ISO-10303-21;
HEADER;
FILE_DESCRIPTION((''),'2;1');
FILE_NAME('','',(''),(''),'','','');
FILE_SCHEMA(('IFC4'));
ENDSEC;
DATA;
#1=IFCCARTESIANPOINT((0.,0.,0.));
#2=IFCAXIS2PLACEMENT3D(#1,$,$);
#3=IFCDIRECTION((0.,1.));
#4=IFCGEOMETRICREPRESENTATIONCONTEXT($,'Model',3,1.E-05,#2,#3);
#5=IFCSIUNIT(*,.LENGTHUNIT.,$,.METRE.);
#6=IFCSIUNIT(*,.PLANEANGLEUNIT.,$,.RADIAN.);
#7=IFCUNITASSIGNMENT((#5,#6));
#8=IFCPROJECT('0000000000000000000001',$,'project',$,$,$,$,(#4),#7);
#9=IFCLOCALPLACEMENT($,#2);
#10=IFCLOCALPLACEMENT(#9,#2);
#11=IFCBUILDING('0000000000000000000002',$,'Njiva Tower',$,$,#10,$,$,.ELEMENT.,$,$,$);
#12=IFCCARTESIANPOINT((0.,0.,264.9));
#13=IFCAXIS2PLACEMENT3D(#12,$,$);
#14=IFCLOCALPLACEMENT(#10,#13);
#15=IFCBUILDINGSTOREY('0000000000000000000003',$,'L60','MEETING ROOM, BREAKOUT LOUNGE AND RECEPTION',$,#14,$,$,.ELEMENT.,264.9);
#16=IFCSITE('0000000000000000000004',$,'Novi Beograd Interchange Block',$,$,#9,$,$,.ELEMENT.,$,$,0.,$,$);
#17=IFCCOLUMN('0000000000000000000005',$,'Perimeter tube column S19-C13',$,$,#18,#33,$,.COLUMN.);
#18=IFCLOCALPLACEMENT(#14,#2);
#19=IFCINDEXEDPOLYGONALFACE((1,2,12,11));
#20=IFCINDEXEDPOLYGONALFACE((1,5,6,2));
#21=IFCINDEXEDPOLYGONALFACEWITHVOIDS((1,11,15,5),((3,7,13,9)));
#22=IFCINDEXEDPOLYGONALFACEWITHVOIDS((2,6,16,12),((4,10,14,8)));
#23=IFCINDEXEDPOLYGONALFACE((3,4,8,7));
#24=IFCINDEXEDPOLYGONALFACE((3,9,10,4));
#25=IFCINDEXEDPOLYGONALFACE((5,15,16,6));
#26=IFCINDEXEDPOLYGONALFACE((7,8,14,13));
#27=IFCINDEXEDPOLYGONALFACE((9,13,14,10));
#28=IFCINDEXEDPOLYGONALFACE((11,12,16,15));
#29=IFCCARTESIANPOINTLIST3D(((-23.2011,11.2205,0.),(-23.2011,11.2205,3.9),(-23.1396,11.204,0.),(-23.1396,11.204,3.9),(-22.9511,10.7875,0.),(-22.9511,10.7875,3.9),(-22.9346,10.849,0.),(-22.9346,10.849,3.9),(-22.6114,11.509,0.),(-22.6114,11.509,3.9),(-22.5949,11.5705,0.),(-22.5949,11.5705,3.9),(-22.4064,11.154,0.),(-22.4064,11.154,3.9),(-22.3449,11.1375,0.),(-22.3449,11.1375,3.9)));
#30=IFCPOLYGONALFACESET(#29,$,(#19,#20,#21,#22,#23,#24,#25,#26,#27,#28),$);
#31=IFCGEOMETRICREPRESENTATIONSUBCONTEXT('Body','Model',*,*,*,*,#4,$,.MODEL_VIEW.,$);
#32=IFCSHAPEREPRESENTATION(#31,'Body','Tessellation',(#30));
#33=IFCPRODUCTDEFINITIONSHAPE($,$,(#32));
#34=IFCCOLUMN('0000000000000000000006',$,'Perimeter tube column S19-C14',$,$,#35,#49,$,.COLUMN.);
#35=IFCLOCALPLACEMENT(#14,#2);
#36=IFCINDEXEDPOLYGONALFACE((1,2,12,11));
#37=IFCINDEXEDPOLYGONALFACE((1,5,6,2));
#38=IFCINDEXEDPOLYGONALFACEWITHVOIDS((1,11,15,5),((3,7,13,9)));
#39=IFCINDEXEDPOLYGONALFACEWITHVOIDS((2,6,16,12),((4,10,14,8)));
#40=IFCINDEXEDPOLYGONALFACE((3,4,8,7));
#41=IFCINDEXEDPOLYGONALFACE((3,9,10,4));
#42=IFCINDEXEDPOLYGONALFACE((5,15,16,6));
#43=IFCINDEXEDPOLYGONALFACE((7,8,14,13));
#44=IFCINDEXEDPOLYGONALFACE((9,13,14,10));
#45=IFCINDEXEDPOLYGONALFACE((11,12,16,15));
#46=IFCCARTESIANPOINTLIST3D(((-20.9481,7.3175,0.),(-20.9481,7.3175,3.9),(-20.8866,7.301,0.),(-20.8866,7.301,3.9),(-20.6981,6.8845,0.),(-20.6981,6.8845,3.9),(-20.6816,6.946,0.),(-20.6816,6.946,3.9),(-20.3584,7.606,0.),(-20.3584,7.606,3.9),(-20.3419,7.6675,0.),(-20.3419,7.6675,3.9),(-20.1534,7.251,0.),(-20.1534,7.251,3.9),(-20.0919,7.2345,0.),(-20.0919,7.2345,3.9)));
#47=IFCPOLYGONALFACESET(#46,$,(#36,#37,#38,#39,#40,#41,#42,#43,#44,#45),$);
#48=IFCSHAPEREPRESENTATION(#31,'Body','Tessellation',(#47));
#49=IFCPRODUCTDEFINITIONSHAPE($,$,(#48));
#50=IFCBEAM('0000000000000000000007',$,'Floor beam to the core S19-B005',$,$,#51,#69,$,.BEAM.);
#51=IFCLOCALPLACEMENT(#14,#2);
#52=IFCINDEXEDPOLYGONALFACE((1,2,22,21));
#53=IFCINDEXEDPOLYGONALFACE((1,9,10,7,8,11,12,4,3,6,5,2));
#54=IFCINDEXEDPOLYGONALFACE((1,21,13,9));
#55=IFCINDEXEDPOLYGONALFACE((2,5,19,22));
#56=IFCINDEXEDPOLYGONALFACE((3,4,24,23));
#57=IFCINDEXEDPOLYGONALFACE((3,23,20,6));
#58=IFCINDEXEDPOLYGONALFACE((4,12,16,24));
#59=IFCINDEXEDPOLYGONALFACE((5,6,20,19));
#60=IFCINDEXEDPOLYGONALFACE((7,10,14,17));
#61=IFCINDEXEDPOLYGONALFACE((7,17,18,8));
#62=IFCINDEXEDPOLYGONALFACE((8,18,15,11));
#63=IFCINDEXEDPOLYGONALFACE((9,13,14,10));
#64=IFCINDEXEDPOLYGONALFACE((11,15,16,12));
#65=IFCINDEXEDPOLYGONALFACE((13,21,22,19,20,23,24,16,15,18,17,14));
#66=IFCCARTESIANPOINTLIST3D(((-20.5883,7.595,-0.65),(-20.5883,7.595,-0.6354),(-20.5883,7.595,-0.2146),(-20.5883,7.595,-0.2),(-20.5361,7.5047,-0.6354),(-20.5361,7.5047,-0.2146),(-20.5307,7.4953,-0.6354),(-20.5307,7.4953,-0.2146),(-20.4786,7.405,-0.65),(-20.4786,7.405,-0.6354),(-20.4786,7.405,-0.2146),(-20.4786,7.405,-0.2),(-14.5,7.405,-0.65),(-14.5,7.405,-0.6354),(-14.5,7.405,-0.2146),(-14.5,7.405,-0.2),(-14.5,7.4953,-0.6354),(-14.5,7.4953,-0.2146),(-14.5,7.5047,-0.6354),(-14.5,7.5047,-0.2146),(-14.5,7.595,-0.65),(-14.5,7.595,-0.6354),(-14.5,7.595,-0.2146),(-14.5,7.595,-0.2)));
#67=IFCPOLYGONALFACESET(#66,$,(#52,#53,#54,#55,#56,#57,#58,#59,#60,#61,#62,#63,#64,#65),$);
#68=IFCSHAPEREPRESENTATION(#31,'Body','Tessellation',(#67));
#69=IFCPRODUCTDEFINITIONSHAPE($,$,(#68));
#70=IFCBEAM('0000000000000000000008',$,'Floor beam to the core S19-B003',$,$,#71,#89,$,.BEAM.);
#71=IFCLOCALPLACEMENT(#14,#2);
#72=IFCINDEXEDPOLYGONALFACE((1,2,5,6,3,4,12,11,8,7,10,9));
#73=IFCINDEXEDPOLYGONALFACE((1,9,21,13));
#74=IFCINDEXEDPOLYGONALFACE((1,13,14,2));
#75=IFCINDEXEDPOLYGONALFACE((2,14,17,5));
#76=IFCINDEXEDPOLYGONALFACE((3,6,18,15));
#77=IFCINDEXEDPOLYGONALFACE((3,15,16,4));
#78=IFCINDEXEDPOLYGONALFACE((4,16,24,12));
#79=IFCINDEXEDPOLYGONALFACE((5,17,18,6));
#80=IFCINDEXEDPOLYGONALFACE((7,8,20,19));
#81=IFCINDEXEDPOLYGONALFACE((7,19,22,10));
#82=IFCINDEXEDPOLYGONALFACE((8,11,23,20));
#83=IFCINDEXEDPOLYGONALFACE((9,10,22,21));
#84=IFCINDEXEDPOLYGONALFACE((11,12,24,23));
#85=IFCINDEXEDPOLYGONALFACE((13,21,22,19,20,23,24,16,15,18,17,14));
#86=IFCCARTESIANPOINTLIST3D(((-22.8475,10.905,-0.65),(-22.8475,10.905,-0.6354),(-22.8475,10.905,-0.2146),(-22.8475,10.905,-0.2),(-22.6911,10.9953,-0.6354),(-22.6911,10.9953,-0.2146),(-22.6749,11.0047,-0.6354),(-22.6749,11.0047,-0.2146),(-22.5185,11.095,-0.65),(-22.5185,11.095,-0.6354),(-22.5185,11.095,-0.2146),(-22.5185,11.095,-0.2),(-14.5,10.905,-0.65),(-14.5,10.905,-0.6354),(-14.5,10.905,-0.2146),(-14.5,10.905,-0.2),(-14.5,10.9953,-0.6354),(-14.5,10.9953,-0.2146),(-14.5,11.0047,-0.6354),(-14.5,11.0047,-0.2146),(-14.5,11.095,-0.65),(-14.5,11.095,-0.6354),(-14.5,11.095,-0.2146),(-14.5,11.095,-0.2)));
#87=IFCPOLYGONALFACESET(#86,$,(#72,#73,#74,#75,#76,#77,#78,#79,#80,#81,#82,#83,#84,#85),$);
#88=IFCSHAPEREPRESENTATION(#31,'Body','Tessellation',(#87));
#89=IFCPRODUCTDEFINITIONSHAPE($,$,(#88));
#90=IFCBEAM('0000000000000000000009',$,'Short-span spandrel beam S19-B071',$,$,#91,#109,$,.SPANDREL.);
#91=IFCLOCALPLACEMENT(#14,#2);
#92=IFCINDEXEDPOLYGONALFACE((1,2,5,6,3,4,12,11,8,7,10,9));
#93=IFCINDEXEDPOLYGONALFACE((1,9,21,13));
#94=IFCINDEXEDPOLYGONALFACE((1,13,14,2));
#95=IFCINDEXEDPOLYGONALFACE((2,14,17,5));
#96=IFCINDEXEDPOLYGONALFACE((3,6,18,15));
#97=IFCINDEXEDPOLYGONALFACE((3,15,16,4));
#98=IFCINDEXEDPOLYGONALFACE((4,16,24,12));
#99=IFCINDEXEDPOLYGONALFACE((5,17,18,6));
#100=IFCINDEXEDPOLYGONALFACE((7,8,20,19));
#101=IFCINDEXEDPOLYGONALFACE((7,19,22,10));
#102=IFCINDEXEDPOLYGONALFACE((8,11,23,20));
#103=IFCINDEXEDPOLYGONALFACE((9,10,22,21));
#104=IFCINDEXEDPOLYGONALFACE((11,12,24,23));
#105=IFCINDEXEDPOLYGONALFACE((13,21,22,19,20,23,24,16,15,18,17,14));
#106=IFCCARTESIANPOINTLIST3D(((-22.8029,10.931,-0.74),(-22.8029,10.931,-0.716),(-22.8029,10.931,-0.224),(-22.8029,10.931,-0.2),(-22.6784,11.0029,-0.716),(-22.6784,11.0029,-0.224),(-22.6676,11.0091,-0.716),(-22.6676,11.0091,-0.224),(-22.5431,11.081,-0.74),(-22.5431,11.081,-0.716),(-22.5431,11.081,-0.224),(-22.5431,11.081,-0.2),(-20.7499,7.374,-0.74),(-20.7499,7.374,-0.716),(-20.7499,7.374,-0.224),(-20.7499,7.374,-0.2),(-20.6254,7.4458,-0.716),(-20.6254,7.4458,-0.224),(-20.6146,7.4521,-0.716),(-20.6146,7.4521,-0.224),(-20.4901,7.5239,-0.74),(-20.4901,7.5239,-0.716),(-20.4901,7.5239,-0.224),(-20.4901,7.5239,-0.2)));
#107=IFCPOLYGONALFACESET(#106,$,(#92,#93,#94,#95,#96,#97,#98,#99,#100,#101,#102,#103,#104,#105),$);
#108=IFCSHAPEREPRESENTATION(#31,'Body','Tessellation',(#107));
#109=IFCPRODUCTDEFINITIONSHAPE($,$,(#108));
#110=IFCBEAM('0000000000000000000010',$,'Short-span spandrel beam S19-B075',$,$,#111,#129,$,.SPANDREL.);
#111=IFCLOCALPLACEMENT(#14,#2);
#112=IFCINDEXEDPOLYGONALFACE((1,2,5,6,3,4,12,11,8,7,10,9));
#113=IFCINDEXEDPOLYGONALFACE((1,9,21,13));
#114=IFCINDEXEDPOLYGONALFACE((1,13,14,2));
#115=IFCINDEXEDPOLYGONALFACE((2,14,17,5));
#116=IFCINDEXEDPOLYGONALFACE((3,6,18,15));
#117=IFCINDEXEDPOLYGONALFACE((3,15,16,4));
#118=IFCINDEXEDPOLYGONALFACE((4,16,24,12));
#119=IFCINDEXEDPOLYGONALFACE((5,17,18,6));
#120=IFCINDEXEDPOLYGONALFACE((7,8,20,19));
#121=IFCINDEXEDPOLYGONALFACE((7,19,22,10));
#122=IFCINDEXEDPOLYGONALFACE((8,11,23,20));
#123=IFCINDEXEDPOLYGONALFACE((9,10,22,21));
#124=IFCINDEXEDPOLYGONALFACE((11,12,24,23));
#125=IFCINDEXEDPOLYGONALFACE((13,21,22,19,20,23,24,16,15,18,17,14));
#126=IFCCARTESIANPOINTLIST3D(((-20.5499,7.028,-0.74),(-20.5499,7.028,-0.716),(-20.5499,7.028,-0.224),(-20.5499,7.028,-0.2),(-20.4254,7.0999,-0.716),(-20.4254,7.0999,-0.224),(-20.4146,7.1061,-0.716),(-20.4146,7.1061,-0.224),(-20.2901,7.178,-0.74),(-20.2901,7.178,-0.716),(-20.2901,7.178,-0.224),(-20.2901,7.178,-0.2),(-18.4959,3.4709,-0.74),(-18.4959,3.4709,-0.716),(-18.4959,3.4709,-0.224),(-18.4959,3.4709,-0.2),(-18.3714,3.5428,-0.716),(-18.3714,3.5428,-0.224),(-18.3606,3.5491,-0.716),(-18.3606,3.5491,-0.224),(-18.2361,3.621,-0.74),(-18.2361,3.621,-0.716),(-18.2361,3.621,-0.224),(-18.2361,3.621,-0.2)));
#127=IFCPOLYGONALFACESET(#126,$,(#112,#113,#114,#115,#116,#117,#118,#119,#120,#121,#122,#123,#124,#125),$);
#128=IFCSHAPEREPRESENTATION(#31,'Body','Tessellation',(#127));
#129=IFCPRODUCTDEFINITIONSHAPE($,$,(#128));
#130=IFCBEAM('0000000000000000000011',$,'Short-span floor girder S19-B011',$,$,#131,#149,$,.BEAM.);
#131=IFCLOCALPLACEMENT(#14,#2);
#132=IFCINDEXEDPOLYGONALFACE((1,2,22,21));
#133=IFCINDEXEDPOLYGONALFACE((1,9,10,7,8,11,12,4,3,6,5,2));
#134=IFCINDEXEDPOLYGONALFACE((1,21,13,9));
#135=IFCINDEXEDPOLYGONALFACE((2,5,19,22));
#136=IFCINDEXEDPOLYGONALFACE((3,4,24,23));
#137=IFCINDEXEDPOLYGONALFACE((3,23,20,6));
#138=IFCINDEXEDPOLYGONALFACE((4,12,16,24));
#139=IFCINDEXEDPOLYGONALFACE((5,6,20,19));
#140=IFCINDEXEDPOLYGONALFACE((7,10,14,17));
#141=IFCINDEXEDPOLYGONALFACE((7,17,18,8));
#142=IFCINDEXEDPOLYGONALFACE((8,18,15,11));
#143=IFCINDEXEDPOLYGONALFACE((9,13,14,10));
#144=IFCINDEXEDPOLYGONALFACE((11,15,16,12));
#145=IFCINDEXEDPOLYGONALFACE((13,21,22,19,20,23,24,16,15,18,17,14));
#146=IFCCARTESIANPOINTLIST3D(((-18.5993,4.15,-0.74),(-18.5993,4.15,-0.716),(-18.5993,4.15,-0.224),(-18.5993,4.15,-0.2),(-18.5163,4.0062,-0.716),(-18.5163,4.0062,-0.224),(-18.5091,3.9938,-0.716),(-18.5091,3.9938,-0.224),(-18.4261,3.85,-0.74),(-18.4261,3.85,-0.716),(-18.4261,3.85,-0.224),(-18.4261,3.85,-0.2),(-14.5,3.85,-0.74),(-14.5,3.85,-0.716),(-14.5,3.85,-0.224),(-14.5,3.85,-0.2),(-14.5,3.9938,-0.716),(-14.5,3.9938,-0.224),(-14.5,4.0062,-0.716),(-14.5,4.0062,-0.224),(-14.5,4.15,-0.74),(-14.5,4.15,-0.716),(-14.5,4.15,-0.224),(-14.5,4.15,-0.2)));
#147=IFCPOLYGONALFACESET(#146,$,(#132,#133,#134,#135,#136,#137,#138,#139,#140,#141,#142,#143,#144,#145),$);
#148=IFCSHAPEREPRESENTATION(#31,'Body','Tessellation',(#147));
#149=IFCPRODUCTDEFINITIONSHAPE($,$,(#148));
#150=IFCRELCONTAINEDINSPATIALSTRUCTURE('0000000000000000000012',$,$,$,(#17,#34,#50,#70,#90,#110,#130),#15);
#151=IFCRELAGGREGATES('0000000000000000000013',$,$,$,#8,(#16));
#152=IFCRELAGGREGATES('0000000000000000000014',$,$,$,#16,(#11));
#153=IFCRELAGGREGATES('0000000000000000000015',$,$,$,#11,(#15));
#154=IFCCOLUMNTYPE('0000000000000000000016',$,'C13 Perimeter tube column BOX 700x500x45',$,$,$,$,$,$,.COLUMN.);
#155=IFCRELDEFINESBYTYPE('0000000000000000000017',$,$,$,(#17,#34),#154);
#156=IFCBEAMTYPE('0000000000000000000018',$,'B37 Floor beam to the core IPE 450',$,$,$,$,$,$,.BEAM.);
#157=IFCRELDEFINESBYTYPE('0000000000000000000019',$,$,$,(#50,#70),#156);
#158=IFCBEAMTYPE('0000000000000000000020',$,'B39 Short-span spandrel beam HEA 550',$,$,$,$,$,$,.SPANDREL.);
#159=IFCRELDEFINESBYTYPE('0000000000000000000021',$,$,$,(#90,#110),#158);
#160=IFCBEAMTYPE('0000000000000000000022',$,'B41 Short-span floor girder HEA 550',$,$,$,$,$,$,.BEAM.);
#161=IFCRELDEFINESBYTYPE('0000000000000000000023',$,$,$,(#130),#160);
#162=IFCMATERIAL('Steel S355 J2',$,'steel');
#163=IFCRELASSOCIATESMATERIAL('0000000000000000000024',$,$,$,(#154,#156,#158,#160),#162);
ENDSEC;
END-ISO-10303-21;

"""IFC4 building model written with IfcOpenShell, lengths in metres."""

from ifc_helpers import new_model, si_unit, direction, frame, origin, origin_2d, place, context, subcontext, project, spatial, hollow_rectangle, i_section, extrude, clip, halfspace, material, material_profile, profile_set, type_object, element, save


model = new_model("IFC4")

# Units and contexts
model_context = context("Model", 3, precision=1e-05, world=origin(), true_north=direction((0.0, 1.0)))
body_context = subcontext(model_context, "Body", "Model", "MODEL_VIEW")
ifc_project = project(units=[si_unit("LENGTHUNIT", "METRE"), si_unit("PLANEANGLEUNIT", "RADIAN")], contexts=[model_context])

# Site, building, storey
site_placement = place(None, origin())
site = spatial("IfcSite", under=ifc_project, at=site_placement, Name="Novi Beograd Interchange Block", CompositionType="ELEMENT", RefElevation=0.0)
building_placement = place(site_placement, origin())
building = spatial("IfcBuilding", under=site, at=building_placement, Name="Njiva Tower", CompositionType="ELEMENT")
storey_placement = place(building_placement, frame((0.0, 0.0, 264.9)))
storey = spatial("IfcBuildingStorey", under=building, at=storey_placement, Name="L60", Description="MEETING ROOM, BREAKOUT LOUNGE AND RECEPTION", CompositionType="ELEMENT", Elevation=264.9)

# Columns
ifc_material_1 = material(Name="Steel S355 J2", Category="steel")
ifc_material_profile_1 = material_profile(ifc_material_1, hollow_rectangle(XDim=0.5, YDim=0.7, WallThickness=0.045, at=origin_2d()), Name="BOX 700x500x45")
ifc_profile_set_1 = profile_set([ifc_material_profile_1], Name="Steel S355 J2")
column_type = type_object("IfcColumnType", Name="C13 Perimeter tube column BOX 700x500x45", PredefinedType="COLUMN", material=ifc_profile_set_1)
for number, where, z_axis, x_axis, name in (
    (1, (-22.773, 11.179, 0.0), (0.0, 0.0, 1.0), (0.5, -0.866025, 0.0), "Perimeter tube column S19-C13"),
    (2, (-20.52, 7.276, 0.0), (0.0, 0.0, 1.0), (0.5, -0.866025, 0.0), "Perimeter tube column S19-C14"),
):
    element("IfcColumn", number, at=place(storey_placement, frame(where, z_axis=z_axis, x_axis=x_axis)), inside=storey, type_object=column_type, Name=name, PredefinedType="COLUMN", context=body_context, shape_type="SweptSolid", body=[
        extrude(hollow_rectangle(XDim=0.5, YDim=0.7, WallThickness=0.045, at=origin_2d()), origin(), (0.0, 0.0, 1.0), 3.9),
    ])

# Beams
ifc_material_profile_2 = material_profile(ifc_material_1, i_section(OverallWidth=0.19, OverallDepth=0.45, WebThickness=0.0094, FlangeThickness=0.0146, at=origin_2d()), Name="IPE 450")
ifc_profile_set_2 = profile_set([ifc_material_profile_2], Name="Steel S355 J2")
beam_type_1 = type_object("IfcBeamType", Name="B37 Floor beam to the core IPE 450", PredefinedType="BEAM", material=ifc_profile_set_2)
beam_1_placement = place(storey_placement, frame((-20.608, 7.5, -0.425), z_axis=(1.0, 0.0, 0.0), x_axis=(0.0, 1.0, 0.0)))
element("IfcBeam", 3, at=beam_1_placement, inside=storey, type_object=beam_type_1, Name="Floor beam to the core S19-B005", PredefinedType="BEAM", context=body_context, shape_type="Clipping", body=[
    clip(extrude(i_section(OverallWidth=0.19, OverallDepth=0.45, WebThickness=0.0094, FlangeThickness=0.0146, at=origin_2d()), origin(), (0.0, 0.0, 1.0), 6.108), halfspace(frame((-0.025, 0.0, 0.089), z_axis=(-0.499998, 0.0, -0.866027), x_axis=(0.0, -1.0, 0.0)), False)),
])
beam_2_placement = place(storey_placement, frame((-22.868, 11.0, -0.425), z_axis=(1.0, 0.0, 0.0), x_axis=(0.0, 1.0, 0.0)))
element("IfcBeam", 4, at=beam_2_placement, inside=storey, type_object=beam_type_1, Name="Floor beam to the core S19-B003", PredefinedType="BEAM", context=body_context, shape_type="Clipping", body=[
    clip(extrude(i_section(OverallWidth=0.19, OverallDepth=0.45, WebThickness=0.0094, FlangeThickness=0.0146, at=origin_2d()), origin(), (0.0, 0.0, 1.0), 8.368), halfspace(frame((0.0433, 0.0, 0.26), z_axis=(0.866027, 0.0, -0.499998), x_axis=(0.0, -1.0, 0.0)), False)),
])
ifc_material_profile_3 = material_profile(ifc_material_1, i_section(OverallWidth=0.3, OverallDepth=0.54, WebThickness=0.0125, FlangeThickness=0.024, at=origin_2d()), Name="HEA 550")
ifc_profile_set_3 = profile_set([ifc_material_profile_3], Name="Steel S355 J2")
beam_type_2 = type_object("IfcBeamType", Name="B39 Short-span spandrel beam HEA 550", PredefinedType="SPANDREL", material=ifc_profile_set_3)
beam_3_placement = place(storey_placement, frame((-22.673, 11.006, -0.47), z_axis=(0.499884, -0.866092, 0.0), x_axis=(0.866092, 0.499884, 0.0)))
element("IfcBeam", 5, at=beam_3_placement, inside=storey, type_object=beam_type_2, Name="Short-span spandrel beam S19-B071", PredefinedType="SPANDREL", context=body_context, shape_type="SweptSolid", body=[
    extrude(i_section(OverallWidth=0.3, OverallDepth=0.54, WebThickness=0.0125, FlangeThickness=0.024, at=origin_2d()), origin(), (0.0, 0.0, 1.0), 4.107),
])
beam_4_placement = place(storey_placement, frame((-20.42, 7.103, -0.47), z_axis=(0.500067, -0.865987, 0.0), x_axis=(0.865987, 0.500067, 0.0)))
element("IfcBeam", 6, at=beam_4_placement, inside=storey, type_object=beam_type_2, Name="Short-span spandrel beam S19-B075", PredefinedType="SPANDREL", context=body_context, shape_type="SweptSolid", body=[
    extrude(i_section(OverallWidth=0.3, OverallDepth=0.54, WebThickness=0.0125, FlangeThickness=0.024, at=origin_2d()), origin(), (0.0, 0.0, 1.0), 4.1075),
])
ifc_material_profile_4 = material_profile(ifc_material_1, i_section(OverallWidth=0.3, OverallDepth=0.54, WebThickness=0.0125, FlangeThickness=0.024, at=origin_2d()), Name="HEA 550")
ifc_profile_set_4 = profile_set([ifc_material_profile_4], Name="Steel S355 J2")
beam_type_3 = type_object("IfcBeamType", Name="B41 Short-span floor girder HEA 550", PredefinedType="BEAM", material=ifc_profile_set_4)
beam_5_placement = place(storey_placement, frame((-18.62, 4.0, -0.47), z_axis=(1.0, 0.0, 0.0), x_axis=(0.0, 1.0, 0.0)))
element("IfcBeam", 7, at=beam_5_placement, inside=storey, type_object=beam_type_3, Name="Short-span floor girder S19-B011", PredefinedType="BEAM", context=body_context, shape_type="Clipping", body=[
    clip(extrude(i_section(OverallWidth=0.3, OverallDepth=0.54, WebThickness=0.0125, FlangeThickness=0.024, at=origin_2d()), origin(), (0.0, 0.0, 1.0), 4.12), halfspace(frame((-0.025, 0.0, 0.1217), z_axis=(-0.499998, 0.0, -0.866027), x_axis=(0.0, -1.0, 0.0)), False)),
])

save(model, "model.ifc")
